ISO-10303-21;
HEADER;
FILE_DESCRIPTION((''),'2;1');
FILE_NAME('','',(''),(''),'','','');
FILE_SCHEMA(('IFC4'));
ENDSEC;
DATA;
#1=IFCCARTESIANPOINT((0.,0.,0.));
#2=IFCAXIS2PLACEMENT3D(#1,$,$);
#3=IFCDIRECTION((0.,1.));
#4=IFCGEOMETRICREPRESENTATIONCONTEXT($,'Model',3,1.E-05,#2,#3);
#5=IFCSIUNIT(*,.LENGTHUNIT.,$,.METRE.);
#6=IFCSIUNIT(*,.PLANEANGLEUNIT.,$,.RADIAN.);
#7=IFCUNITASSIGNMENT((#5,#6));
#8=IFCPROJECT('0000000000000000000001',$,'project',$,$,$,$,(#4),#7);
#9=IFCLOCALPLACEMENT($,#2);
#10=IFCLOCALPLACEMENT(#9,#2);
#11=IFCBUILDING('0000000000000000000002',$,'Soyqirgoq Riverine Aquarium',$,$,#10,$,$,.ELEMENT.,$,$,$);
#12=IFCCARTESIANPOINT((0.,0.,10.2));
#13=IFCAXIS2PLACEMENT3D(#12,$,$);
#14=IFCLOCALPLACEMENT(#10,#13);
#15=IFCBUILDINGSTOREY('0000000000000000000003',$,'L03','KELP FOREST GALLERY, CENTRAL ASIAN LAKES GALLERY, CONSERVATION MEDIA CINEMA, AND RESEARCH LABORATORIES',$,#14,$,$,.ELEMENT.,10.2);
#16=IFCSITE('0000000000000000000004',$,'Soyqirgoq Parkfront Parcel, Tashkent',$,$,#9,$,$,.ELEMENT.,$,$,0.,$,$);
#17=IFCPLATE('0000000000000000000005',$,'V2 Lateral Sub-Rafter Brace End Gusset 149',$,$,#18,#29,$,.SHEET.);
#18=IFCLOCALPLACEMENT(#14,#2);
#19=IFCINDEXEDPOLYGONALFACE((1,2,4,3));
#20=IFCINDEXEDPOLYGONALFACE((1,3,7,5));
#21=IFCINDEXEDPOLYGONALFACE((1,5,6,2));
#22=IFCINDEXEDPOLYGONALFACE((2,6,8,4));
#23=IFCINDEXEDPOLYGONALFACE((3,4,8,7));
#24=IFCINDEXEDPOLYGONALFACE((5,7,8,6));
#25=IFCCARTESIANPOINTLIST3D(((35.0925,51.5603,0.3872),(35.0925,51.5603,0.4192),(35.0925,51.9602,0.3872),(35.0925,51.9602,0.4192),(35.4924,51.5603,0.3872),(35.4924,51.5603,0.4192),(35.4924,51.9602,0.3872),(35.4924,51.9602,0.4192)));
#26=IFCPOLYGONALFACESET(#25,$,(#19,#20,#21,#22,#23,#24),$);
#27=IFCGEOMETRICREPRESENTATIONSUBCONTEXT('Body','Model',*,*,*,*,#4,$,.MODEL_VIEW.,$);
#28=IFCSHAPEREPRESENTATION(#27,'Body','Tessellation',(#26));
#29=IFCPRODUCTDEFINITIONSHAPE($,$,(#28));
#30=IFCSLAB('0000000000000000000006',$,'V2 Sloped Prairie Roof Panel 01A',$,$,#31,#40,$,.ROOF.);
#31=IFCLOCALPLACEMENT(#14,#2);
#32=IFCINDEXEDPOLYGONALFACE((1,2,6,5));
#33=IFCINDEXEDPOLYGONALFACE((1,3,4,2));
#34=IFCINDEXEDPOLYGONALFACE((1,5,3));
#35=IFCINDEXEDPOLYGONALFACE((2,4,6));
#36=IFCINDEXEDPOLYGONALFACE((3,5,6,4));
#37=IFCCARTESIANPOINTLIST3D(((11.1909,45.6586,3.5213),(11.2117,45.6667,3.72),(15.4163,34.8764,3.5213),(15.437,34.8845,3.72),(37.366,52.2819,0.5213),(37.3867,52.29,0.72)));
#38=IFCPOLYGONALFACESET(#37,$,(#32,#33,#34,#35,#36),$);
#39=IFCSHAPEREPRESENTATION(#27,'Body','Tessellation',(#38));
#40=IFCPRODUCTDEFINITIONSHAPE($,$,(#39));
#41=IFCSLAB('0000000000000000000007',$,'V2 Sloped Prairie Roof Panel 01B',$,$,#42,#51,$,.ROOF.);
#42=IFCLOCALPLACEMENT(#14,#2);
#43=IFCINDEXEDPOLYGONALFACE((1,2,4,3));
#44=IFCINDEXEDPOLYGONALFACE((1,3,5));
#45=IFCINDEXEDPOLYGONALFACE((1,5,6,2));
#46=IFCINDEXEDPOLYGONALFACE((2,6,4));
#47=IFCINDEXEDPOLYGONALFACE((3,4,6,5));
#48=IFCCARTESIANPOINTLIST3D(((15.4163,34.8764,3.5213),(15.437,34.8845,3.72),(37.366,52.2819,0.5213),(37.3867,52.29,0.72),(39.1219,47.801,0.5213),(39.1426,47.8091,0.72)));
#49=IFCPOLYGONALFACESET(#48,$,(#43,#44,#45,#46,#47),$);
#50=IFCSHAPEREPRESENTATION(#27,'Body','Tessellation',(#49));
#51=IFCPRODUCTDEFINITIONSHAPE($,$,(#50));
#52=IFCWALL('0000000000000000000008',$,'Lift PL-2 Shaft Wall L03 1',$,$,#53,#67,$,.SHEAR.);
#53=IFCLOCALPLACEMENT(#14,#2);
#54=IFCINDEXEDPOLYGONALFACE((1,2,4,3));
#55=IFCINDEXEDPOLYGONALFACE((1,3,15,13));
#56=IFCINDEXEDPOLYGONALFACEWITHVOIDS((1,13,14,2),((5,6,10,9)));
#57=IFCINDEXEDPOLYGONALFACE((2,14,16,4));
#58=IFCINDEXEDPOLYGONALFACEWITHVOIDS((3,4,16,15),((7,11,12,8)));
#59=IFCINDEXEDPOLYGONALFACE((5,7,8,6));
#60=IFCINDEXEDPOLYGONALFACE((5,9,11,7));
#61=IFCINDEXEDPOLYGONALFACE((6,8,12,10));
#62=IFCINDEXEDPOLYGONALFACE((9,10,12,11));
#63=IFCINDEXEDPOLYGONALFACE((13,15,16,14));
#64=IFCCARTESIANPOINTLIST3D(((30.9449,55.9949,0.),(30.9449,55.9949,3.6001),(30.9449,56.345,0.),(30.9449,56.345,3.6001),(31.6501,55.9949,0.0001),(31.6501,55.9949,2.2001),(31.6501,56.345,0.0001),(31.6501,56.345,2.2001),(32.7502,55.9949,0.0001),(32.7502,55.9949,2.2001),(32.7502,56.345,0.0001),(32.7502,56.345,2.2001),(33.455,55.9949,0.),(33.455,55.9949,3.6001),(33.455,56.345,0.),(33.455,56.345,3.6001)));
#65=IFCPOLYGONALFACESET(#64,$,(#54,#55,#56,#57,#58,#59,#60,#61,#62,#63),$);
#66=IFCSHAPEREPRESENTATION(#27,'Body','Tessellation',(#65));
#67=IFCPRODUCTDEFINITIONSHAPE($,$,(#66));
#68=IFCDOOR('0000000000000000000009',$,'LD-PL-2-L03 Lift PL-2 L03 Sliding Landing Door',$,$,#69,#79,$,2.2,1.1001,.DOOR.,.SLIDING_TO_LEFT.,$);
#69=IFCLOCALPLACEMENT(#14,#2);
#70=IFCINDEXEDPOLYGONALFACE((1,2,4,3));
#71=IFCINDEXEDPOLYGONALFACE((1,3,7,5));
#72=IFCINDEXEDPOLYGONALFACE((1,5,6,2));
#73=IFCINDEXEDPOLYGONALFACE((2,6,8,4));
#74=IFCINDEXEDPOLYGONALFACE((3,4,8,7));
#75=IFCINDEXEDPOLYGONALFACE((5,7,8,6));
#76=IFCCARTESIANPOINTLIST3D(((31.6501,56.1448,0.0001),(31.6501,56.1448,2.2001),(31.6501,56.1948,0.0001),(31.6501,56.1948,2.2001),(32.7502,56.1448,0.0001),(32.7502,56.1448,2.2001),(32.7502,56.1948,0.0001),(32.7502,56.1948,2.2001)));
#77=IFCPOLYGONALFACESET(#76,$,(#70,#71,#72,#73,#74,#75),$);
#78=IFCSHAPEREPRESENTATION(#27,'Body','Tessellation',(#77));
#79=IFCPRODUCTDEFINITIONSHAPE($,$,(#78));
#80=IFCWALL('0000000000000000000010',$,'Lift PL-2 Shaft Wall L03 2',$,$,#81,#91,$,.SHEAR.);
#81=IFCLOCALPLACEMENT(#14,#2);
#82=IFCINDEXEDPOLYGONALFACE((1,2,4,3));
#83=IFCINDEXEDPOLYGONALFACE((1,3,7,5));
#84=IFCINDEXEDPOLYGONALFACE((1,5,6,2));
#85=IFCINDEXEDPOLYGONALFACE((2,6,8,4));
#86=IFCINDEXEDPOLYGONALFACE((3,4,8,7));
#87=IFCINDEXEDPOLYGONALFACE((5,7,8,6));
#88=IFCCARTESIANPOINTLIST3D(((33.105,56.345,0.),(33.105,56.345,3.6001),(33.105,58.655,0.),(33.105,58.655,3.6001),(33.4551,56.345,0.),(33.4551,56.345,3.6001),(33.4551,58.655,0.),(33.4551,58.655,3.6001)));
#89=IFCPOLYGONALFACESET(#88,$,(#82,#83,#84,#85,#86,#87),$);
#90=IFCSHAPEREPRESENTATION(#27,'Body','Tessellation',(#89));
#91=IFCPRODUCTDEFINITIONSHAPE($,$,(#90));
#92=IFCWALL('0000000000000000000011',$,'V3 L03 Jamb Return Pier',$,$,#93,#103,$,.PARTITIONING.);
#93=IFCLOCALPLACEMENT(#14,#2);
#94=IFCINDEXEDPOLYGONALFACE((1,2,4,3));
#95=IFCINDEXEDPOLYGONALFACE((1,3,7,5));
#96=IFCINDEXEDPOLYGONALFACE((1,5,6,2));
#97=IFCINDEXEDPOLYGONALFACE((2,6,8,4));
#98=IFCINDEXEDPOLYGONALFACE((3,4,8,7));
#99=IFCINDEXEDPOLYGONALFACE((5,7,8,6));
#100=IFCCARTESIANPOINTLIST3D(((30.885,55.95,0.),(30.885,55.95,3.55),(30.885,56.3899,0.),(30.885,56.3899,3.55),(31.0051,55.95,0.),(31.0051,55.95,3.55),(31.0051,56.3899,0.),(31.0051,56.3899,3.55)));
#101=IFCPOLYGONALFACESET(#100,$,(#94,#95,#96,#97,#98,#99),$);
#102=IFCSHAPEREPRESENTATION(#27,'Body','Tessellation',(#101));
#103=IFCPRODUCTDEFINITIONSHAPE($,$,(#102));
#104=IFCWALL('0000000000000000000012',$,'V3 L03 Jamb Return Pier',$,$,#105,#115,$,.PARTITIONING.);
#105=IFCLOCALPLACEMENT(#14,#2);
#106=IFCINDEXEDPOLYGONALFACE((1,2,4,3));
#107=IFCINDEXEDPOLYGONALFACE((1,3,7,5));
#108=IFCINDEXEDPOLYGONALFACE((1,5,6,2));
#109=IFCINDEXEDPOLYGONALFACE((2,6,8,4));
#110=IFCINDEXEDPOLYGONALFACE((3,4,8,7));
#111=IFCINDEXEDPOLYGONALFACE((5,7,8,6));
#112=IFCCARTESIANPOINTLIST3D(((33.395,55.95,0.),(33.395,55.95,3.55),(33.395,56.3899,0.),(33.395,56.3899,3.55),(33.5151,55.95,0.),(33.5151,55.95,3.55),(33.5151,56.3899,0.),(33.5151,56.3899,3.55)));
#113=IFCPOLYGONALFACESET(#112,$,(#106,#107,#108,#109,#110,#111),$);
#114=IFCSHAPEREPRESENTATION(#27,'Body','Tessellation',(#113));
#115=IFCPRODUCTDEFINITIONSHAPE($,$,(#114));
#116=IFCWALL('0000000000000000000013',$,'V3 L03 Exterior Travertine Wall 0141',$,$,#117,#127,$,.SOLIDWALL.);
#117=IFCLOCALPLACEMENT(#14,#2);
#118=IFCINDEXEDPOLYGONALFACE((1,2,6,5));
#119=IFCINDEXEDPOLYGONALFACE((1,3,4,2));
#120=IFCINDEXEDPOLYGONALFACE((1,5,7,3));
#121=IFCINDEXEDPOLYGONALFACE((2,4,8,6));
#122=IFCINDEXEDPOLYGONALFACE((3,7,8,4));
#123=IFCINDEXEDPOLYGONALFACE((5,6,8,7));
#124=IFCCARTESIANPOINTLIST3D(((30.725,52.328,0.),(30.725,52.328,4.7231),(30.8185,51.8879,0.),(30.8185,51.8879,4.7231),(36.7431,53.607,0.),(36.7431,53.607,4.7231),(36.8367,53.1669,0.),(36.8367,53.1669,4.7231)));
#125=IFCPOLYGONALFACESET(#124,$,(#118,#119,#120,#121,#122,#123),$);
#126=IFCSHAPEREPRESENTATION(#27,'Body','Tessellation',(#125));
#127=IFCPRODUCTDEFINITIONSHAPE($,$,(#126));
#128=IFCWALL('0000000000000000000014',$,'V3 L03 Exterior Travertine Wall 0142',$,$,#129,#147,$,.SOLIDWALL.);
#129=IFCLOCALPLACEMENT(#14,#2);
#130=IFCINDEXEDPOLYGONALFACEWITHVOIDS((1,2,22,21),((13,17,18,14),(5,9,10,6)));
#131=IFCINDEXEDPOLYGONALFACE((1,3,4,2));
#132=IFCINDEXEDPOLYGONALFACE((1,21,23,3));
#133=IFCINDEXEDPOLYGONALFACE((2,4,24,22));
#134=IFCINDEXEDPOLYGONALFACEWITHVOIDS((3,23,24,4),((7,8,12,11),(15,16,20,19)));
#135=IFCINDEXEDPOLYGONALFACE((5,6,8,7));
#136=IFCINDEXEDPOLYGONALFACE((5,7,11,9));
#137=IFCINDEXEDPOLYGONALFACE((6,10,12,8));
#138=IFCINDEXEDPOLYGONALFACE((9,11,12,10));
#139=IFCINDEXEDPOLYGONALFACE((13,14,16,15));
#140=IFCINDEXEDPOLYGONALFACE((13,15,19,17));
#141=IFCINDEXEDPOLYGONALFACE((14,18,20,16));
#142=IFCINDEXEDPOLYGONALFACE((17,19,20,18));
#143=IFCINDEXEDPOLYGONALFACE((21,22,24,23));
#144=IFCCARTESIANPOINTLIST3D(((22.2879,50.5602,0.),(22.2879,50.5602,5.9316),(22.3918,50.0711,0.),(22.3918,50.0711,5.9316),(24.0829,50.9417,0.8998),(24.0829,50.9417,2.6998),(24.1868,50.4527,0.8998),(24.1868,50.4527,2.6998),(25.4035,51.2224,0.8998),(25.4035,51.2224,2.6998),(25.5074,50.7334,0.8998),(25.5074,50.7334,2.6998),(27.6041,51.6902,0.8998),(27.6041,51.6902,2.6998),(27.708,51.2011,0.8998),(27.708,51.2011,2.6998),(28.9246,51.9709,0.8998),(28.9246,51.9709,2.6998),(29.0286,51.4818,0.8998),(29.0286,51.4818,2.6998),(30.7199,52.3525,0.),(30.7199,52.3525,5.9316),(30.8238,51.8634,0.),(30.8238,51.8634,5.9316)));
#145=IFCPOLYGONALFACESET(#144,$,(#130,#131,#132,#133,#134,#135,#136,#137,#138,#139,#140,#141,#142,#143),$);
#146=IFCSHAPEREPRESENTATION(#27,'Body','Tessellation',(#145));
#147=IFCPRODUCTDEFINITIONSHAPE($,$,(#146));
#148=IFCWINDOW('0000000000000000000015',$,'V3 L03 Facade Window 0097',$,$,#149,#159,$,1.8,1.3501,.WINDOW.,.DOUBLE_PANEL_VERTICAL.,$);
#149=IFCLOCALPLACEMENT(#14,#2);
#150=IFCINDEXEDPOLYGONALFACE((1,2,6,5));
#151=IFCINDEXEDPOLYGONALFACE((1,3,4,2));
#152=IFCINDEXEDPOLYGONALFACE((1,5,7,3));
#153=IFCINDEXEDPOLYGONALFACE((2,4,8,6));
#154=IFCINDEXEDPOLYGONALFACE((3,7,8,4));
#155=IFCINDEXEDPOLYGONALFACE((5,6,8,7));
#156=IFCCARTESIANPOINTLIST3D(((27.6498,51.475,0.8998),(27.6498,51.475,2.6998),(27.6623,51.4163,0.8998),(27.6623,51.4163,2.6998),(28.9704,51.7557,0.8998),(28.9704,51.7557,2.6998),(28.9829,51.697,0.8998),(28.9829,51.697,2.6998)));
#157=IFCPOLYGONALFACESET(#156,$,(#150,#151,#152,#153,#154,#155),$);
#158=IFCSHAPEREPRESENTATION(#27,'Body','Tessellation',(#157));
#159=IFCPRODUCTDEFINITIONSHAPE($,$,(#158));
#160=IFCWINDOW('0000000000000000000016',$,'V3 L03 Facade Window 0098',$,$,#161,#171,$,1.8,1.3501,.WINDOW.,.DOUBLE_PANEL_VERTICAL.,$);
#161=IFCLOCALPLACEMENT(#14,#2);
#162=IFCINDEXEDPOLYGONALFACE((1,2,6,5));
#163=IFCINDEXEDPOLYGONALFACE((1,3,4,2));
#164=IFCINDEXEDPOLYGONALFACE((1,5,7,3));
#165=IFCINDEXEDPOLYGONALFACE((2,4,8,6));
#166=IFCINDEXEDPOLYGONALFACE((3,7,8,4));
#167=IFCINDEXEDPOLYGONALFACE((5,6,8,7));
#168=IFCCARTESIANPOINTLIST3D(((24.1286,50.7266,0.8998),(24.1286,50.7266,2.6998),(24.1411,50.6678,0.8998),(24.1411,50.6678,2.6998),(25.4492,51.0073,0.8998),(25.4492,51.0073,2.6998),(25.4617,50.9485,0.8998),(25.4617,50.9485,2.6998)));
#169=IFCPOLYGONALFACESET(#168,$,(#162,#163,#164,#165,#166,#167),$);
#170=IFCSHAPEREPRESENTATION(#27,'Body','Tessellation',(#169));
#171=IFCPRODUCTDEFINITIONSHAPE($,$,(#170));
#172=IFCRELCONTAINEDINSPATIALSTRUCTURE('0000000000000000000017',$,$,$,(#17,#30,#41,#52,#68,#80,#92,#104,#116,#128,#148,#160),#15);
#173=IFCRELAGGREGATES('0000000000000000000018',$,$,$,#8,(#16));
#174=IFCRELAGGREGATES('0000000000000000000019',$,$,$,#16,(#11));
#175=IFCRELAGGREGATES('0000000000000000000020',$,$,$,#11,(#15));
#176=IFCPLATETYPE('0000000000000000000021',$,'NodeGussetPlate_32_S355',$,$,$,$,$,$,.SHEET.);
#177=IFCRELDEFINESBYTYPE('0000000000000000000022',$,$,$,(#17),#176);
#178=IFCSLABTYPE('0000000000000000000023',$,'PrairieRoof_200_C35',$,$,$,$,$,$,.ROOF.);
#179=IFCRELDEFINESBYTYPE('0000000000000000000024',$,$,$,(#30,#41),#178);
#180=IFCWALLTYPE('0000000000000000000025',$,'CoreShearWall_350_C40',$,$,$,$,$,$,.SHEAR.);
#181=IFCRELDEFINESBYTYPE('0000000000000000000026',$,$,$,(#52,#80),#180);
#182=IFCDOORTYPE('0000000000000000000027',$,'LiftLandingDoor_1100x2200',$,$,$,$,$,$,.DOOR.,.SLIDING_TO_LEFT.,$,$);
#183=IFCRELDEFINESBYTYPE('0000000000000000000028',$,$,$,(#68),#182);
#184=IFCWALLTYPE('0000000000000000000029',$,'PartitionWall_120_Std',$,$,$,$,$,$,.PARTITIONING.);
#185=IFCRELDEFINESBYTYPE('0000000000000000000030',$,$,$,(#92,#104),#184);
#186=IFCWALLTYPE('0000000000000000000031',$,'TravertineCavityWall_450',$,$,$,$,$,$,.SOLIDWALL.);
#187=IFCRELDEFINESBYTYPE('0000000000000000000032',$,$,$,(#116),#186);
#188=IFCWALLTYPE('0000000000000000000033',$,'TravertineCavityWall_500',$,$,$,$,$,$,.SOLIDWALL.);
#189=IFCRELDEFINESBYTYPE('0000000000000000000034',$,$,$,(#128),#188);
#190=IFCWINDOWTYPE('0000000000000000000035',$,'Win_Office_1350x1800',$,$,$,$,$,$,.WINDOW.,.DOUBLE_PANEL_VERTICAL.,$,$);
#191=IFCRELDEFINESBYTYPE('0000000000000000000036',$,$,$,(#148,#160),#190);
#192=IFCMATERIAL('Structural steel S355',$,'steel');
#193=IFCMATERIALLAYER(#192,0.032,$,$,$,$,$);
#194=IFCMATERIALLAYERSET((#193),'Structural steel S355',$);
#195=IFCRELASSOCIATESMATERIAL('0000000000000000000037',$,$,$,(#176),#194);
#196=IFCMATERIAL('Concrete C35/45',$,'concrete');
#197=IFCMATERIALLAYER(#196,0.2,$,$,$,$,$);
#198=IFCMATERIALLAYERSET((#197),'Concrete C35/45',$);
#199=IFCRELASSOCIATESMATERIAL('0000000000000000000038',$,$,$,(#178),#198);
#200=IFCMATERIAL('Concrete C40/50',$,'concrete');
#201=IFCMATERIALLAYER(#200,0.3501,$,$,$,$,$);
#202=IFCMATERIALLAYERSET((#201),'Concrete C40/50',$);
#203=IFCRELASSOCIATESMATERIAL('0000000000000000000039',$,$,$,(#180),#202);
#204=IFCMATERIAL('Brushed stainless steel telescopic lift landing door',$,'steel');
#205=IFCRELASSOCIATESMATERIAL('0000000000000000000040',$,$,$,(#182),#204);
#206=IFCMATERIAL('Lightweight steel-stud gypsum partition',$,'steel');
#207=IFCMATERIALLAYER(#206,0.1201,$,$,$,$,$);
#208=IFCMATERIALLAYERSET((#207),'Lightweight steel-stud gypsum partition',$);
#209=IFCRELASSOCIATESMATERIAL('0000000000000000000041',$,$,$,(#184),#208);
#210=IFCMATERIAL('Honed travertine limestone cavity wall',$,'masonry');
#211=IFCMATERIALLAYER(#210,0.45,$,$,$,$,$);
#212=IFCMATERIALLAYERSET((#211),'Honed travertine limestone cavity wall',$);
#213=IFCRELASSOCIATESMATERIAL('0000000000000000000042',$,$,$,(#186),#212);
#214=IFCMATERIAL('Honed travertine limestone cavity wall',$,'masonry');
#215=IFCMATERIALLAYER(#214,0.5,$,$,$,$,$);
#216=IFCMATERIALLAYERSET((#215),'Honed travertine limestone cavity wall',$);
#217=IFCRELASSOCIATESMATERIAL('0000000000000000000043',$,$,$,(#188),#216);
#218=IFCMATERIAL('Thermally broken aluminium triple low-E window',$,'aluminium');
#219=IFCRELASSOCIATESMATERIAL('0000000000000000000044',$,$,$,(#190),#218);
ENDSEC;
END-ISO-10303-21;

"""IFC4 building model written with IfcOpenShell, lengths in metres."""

from ifc_helpers import new_model, si_unit, direction, frame, frame_2d, origin, origin_2d, place, context, subcontext, project, spatial, polyline, rectangle, outline, extrude, material, layer, layer_set, type_object, element, fill, save


model = new_model("IFC4")

# Units and contexts
model_context = context("Model", 3, precision=1e-05, world=origin(), true_north=direction((0.0, 1.0)))
body_context = subcontext(model_context, "Body", "Model", "MODEL_VIEW")
ifc_project = project(units=[si_unit("LENGTHUNIT", "METRE"), si_unit("PLANEANGLEUNIT", "RADIAN")], contexts=[model_context])

# Site, building, storey
site_placement = place(None, origin())
site = spatial("IfcSite", under=ifc_project, at=site_placement, Name="Soyqirgoq Parkfront Parcel, Tashkent", CompositionType="ELEMENT", RefElevation=0.0)
building_placement = place(site_placement, origin())
building = spatial("IfcBuilding", under=site, at=building_placement, Name="Soyqirgoq Riverine Aquarium", CompositionType="ELEMENT")
storey_placement = place(building_placement, frame((0.0, 0.0, 10.2)))
storey = spatial("IfcBuildingStorey", under=building, at=storey_placement, Name="L03", Description="KELP FOREST GALLERY, CENTRAL ASIAN LAKES GALLERY, CONSERVATION MEDIA CINEMA, AND RESEARCH LABORATORIES", CompositionType="ELEMENT", Elevation=10.2)

# Plate
ifc_material_1 = material(Name="Structural steel S355", Category="steel")
ifc_layer_1 = layer(ifc_material_1, 0.032)
ifc_layer_set_1 = layer_set([ifc_layer_1], Name="Structural steel S355")
plate_type = type_object("IfcPlateType", Name="NodeGussetPlate_32_S355", PredefinedType="SHEET", material=ifc_layer_set_1)
plate_placement = place(storey_placement, frame((35.2925, 51.7603, 0.3872), z_axis=(0.0, 0.0, 1.0), x_axis=(1.0, 0.0, 0.0)))
element("IfcPlate", 1, at=plate_placement, inside=storey, type_object=plate_type, Name="V2 Lateral Sub-Rafter Brace End Gusset 149", PredefinedType="SHEET", context=body_context, shape_type="SweptSolid", body=[
    extrude(rectangle(XDim=0.3999, YDim=0.3999, at=origin_2d()), origin(), (0.0, 0.0, 1.0), 0.032),
])

# Slabs
ifc_material_2 = material(Name="Concrete C35/45", Category="concrete")
ifc_layer_2 = layer(ifc_material_2, 0.2)
ifc_layer_set_2 = layer_set([ifc_layer_2], Name="Concrete C35/45")
slab_type = type_object("IfcSlabType", Name="PrairieRoof_200_C35", PredefinedType="ROOF", material=ifc_layer_set_2)
slab_1_placement = place(storey_placement, frame((37.3867, 52.29, 0.72), z_axis=(0.103625, 0.040609, 0.993787), x_axis=(-0.963516, -0.243807, 0.110431)))
element("IfcSlab", 2, at=slab_1_placement, inside=storey, type_object=slab_type, Name="V2 Sloped Prairie Roof Panel 01A", PredefinedType="ROOF", context=body_context, shape_type="SweptSolid", body=[
    extrude(outline(polyline([(0.0, 0.0), (27.1662, 0.0), (25.7238, 11.4904), (0.0, 0.0)])), origin(), (0.0, 0.0, -1.0), 0.2),
])
slab_2_placement = place(storey_placement, frame((37.3867, 52.29, 0.72), z_axis=(0.103627, 0.040606, 0.993787), x_axis=(-0.779093, -0.617799, 0.106483)))
element("IfcSlab", 3, at=slab_2_placement, inside=storey, type_object=slab_type, Name="V2 Sloped Prairie Roof Panel 01B", PredefinedType="ROOF", context=body_context, shape_type="SweptSolid", body=[
    extrude(outline(polyline([(0.0, 0.0), (28.1734, 0.0), (1.4004, 4.6045), (0.0, 0.0)])), origin(), (0.0, 0.0, -1.0), 0.2),
])

# Wall, opening, door
ifc_material_3 = material(Name="Concrete C40/50", Category="concrete")
ifc_layer_3 = layer(ifc_material_3, 0.3501)
ifc_layer_set_3 = layer_set([ifc_layer_3], Name="Concrete C40/50")
wall_type_1 = type_object("IfcWallType", Name="CoreShearWall_350_C40", PredefinedType="SHEAR", material=ifc_layer_set_3)
wall_1_placement = place(storey_placement, frame((30.9451, 56.1699, 0.0), z_axis=(0.0, 0.0, 1.0), x_axis=(1.0, 0.0, 0.0)))
wall_1 = element("IfcWall", 4, at=wall_1_placement, inside=storey, type_object=wall_type_1, Name="Lift PL-2 Shaft Wall L03 1", PredefinedType="SHEAR", context=body_context, shape_type="SweptSolid", body=[
    extrude(rectangle(XDim=2.51, YDim=0.3501, at=frame_2d((1.2549, 0.0))), origin(), (0.0, 0.0, 1.0), 3.6001),
])
opening_1_placement = place(wall_1_placement, frame((0.7051, 0.0, 0.0)))
opening_1 = element("IfcOpeningElement", 5, at=opening_1_placement, cuts=wall_1, PredefinedType="OPENING", context=body_context, shape_type="SweptSolid", body=[
    extrude(rectangle(XDim=1.1001, YDim=2.2, at=frame_2d((0.55, 1.1001))), frame((0.0, 0.1851, 0.0), z_axis=(0.0, -1.0, 0.0), x_axis=(1.0, 0.0, 0.0)), (0.0, 0.0, 1.0), 0.3701),
])
ifc_material_4 = material(Name="Brushed stainless steel telescopic lift landing door", Category="steel")
door_type = type_object("IfcDoorType", Name="LiftLandingDoor_1100x2200", OperationType="SLIDING_TO_LEFT", PredefinedType="DOOR", material=ifc_material_4)
door_placement = place(opening_1_placement, origin())
door = element("IfcDoor", 6, at=door_placement, inside=storey, type_object=door_type, Name="LD-PL-2-L03 Lift PL-2 L03 Sliding Landing Door", OperationType="SLIDING_TO_LEFT", OverallHeight=2.2, OverallWidth=1.1001, PredefinedType="DOOR", context=body_context, shape_type="SweptSolid", body=[
    extrude(rectangle(XDim=1.1001, YDim=2.2, at=frame_2d((0.55, 1.1001))), frame((0.0, 0.0249, 0.0), z_axis=(0.0, -1.0, 0.0), x_axis=(1.0, 0.0, 0.0)), (0.0, 0.0, 1.0), 0.05),
])
fill(opening_1, door)

# Walls
wall_2_placement = place(storey_placement, frame((33.28, 56.345, 0.0), z_axis=(0.0, 0.0, 1.0), x_axis=(0.0, 1.0, 0.0)))
element("IfcWall", 7, at=wall_2_placement, inside=storey, type_object=wall_type_1, Name="Lift PL-2 Shaft Wall L03 2", PredefinedType="SHEAR", context=body_context, shape_type="SweptSolid", body=[
    extrude(rectangle(XDim=2.3101, YDim=0.3501, at=frame_2d((1.155, 0.0))), origin(), (0.0, 0.0, 1.0), 3.6001),
])
ifc_material_5 = material(Name="Lightweight steel-stud gypsum partition", Category="steel")
ifc_layer_4 = layer(ifc_material_5, 0.1201)
ifc_layer_set_4 = layer_set([ifc_layer_4], Name="Lightweight steel-stud gypsum partition")
wall_type_2 = type_object("IfcWallType", Name="PartitionWall_120_Std", PredefinedType="PARTITIONING", material=ifc_layer_set_4)
for number, where, z_axis, x_axis, name in (
    (8, (30.9451, 55.95, 0.0), (0.0, 0.0, 1.0), (0.0, 1.0, 0.0), "V3 L03 Jamb Return Pier"),
    (9, (33.4551, 55.95, 0.0), (0.0, 0.0, 1.0), (0.0, 1.0, 0.0), "V3 L03 Jamb Return Pier"),
):
    element("IfcWall", number, at=place(storey_placement, frame(where, z_axis=z_axis, x_axis=x_axis)), inside=storey, type_object=wall_type_2, Name=name, PredefinedType="PARTITIONING", context=body_context, shape_type="SweptSolid", body=[
        extrude(rectangle(XDim=0.4399, YDim=0.1201, at=frame_2d((0.22, 0.0))), origin(), (0.0, 0.0, 1.0), 3.55),
    ])
ifc_material_6 = material(Name="Honed travertine limestone cavity wall", Category="masonry")
ifc_layer_5 = layer(ifc_material_6, 0.45)
ifc_layer_set_5 = layer_set([ifc_layer_5], Name="Honed travertine limestone cavity wall")
wall_type_3 = type_object("IfcWallType", Name="TravertineCavityWall_450", PredefinedType="SOLIDWALL", material=ifc_layer_set_5)
wall_3_placement = place(storey_placement, frame((36.7898, 53.387, 0.0), z_axis=(0.0, 0.0, 1.0), x_axis=(-0.978152, -0.207892, 0.0)))
element("IfcWall", 10, at=wall_3_placement, inside=storey, type_object=wall_type_3, Name="V3 L03 Exterior Travertine Wall 0141", PredefinedType="SOLIDWALL", context=body_context, shape_type="SweptSolid", body=[
    extrude(rectangle(XDim=6.1526, YDim=0.45, at=frame_2d((3.0762, 0.0))), origin(), (0.0, 0.0, 1.0), 4.7231),
])

# Wall, openings, windows
ifc_material_7 = material(Name="Honed travertine limestone cavity wall", Category="masonry")
ifc_layer_6 = layer(ifc_material_7, 0.5)
ifc_layer_set_6 = layer_set([ifc_layer_6], Name="Honed travertine limestone cavity wall")
wall_type_4 = type_object("IfcWallType", Name="TravertineCavityWall_500", PredefinedType="SOLIDWALL", material=ifc_layer_set_6)
wall_4_placement = place(storey_placement, frame((30.7717, 52.1079, 0.0), z_axis=(0.0, 0.0, 1.0), x_axis=(-0.978148, -0.20791, 0.0)))
wall_4 = element("IfcWall", 11, at=wall_4_placement, inside=storey, type_object=wall_type_4, Name="V3 L03 Exterior Travertine Wall 0142", PredefinedType="SOLIDWALL", context=body_context, shape_type="SweptSolid", body=[
    extrude(rectangle(XDim=8.6204, YDim=0.5, at=frame_2d((4.3101, 0.0))), origin(), (0.0, 0.0, 1.0), 5.9316),
])
opening_2_placement = place(wall_4_placement, frame((1.8352, 0.0, 0.8999)))
opening_2 = element("IfcOpeningElement", 12, at=opening_2_placement, cuts=wall_4, PredefinedType="OPENING", context=body_context, shape_type="SweptSolid", body=[
    extrude(rectangle(XDim=1.3501, YDim=1.8, at=frame_2d((0.675, 0.8999))), frame((0.0, 0.26, 0.0), z_axis=(0.0, -1.0, 0.0), x_axis=(1.0, 0.0, 0.0)), (0.0, 0.0, 1.0), 0.52),
])
opening_3_placement = place(wall_4_placement, frame((5.4351, 0.0, 0.8999)))
opening_3 = element("IfcOpeningElement", 13, at=opening_3_placement, cuts=wall_4, PredefinedType="OPENING", context=body_context, shape_type="SweptSolid", body=[
    extrude(rectangle(XDim=1.3501, YDim=1.8, at=frame_2d((0.675, 0.8999))), frame((0.0, 0.26, 0.0), z_axis=(0.0, -1.0, 0.0), x_axis=(1.0, 0.0, 0.0)), (0.0, 0.0, 1.0), 0.52),
])
ifc_material_8 = material(Name="Thermally broken aluminium triple low-E window", Category="aluminium")
window_type_1 = type_object("IfcWindowType", Name="Win_Office_1350x1800", PartitioningType="DOUBLE_PANEL_VERTICAL", PredefinedType="WINDOW", material=ifc_material_8)
window_1_placement = place(opening_2_placement, origin())
window_1 = element("IfcWindow", 14, at=window_1_placement, inside=storey, type_object=window_type_1, Name="V3 L03 Facade Window 0097", OverallHeight=1.8, OverallWidth=1.3501, PartitioningType="DOUBLE_PANEL_VERTICAL", PredefinedType="WINDOW", context=body_context, shape_type="SweptSolid", body=[
    extrude(rectangle(XDim=1.3501, YDim=1.8, at=frame_2d((0.675, 0.8999))), frame((0.0, 0.03, 0.0), z_axis=(0.0, -1.0, 0.0), x_axis=(1.0, 0.0, 0.0)), (0.0, 0.0, 1.0), 0.0601),
])
fill(opening_2, window_1)
window_2_placement = place(opening_3_placement, origin())
window_2 = element("IfcWindow", 15, at=window_2_placement, inside=storey, type_object=window_type_1, Name="V3 L03 Facade Window 0098", OverallHeight=1.8, OverallWidth=1.3501, PartitioningType="DOUBLE_PANEL_VERTICAL", PredefinedType="WINDOW", context=body_context, shape_type="SweptSolid", body=[
    extrude(rectangle(XDim=1.3501, YDim=1.8, at=frame_2d((0.675, 0.8999))), frame((0.0, 0.03, 0.0), z_axis=(0.0, -1.0, 0.0), x_axis=(1.0, 0.0, 0.0)), (0.0, 0.0, 1.0), 0.0601),
])
fill(opening_3, window_2)

save(model, "model.ifc")
